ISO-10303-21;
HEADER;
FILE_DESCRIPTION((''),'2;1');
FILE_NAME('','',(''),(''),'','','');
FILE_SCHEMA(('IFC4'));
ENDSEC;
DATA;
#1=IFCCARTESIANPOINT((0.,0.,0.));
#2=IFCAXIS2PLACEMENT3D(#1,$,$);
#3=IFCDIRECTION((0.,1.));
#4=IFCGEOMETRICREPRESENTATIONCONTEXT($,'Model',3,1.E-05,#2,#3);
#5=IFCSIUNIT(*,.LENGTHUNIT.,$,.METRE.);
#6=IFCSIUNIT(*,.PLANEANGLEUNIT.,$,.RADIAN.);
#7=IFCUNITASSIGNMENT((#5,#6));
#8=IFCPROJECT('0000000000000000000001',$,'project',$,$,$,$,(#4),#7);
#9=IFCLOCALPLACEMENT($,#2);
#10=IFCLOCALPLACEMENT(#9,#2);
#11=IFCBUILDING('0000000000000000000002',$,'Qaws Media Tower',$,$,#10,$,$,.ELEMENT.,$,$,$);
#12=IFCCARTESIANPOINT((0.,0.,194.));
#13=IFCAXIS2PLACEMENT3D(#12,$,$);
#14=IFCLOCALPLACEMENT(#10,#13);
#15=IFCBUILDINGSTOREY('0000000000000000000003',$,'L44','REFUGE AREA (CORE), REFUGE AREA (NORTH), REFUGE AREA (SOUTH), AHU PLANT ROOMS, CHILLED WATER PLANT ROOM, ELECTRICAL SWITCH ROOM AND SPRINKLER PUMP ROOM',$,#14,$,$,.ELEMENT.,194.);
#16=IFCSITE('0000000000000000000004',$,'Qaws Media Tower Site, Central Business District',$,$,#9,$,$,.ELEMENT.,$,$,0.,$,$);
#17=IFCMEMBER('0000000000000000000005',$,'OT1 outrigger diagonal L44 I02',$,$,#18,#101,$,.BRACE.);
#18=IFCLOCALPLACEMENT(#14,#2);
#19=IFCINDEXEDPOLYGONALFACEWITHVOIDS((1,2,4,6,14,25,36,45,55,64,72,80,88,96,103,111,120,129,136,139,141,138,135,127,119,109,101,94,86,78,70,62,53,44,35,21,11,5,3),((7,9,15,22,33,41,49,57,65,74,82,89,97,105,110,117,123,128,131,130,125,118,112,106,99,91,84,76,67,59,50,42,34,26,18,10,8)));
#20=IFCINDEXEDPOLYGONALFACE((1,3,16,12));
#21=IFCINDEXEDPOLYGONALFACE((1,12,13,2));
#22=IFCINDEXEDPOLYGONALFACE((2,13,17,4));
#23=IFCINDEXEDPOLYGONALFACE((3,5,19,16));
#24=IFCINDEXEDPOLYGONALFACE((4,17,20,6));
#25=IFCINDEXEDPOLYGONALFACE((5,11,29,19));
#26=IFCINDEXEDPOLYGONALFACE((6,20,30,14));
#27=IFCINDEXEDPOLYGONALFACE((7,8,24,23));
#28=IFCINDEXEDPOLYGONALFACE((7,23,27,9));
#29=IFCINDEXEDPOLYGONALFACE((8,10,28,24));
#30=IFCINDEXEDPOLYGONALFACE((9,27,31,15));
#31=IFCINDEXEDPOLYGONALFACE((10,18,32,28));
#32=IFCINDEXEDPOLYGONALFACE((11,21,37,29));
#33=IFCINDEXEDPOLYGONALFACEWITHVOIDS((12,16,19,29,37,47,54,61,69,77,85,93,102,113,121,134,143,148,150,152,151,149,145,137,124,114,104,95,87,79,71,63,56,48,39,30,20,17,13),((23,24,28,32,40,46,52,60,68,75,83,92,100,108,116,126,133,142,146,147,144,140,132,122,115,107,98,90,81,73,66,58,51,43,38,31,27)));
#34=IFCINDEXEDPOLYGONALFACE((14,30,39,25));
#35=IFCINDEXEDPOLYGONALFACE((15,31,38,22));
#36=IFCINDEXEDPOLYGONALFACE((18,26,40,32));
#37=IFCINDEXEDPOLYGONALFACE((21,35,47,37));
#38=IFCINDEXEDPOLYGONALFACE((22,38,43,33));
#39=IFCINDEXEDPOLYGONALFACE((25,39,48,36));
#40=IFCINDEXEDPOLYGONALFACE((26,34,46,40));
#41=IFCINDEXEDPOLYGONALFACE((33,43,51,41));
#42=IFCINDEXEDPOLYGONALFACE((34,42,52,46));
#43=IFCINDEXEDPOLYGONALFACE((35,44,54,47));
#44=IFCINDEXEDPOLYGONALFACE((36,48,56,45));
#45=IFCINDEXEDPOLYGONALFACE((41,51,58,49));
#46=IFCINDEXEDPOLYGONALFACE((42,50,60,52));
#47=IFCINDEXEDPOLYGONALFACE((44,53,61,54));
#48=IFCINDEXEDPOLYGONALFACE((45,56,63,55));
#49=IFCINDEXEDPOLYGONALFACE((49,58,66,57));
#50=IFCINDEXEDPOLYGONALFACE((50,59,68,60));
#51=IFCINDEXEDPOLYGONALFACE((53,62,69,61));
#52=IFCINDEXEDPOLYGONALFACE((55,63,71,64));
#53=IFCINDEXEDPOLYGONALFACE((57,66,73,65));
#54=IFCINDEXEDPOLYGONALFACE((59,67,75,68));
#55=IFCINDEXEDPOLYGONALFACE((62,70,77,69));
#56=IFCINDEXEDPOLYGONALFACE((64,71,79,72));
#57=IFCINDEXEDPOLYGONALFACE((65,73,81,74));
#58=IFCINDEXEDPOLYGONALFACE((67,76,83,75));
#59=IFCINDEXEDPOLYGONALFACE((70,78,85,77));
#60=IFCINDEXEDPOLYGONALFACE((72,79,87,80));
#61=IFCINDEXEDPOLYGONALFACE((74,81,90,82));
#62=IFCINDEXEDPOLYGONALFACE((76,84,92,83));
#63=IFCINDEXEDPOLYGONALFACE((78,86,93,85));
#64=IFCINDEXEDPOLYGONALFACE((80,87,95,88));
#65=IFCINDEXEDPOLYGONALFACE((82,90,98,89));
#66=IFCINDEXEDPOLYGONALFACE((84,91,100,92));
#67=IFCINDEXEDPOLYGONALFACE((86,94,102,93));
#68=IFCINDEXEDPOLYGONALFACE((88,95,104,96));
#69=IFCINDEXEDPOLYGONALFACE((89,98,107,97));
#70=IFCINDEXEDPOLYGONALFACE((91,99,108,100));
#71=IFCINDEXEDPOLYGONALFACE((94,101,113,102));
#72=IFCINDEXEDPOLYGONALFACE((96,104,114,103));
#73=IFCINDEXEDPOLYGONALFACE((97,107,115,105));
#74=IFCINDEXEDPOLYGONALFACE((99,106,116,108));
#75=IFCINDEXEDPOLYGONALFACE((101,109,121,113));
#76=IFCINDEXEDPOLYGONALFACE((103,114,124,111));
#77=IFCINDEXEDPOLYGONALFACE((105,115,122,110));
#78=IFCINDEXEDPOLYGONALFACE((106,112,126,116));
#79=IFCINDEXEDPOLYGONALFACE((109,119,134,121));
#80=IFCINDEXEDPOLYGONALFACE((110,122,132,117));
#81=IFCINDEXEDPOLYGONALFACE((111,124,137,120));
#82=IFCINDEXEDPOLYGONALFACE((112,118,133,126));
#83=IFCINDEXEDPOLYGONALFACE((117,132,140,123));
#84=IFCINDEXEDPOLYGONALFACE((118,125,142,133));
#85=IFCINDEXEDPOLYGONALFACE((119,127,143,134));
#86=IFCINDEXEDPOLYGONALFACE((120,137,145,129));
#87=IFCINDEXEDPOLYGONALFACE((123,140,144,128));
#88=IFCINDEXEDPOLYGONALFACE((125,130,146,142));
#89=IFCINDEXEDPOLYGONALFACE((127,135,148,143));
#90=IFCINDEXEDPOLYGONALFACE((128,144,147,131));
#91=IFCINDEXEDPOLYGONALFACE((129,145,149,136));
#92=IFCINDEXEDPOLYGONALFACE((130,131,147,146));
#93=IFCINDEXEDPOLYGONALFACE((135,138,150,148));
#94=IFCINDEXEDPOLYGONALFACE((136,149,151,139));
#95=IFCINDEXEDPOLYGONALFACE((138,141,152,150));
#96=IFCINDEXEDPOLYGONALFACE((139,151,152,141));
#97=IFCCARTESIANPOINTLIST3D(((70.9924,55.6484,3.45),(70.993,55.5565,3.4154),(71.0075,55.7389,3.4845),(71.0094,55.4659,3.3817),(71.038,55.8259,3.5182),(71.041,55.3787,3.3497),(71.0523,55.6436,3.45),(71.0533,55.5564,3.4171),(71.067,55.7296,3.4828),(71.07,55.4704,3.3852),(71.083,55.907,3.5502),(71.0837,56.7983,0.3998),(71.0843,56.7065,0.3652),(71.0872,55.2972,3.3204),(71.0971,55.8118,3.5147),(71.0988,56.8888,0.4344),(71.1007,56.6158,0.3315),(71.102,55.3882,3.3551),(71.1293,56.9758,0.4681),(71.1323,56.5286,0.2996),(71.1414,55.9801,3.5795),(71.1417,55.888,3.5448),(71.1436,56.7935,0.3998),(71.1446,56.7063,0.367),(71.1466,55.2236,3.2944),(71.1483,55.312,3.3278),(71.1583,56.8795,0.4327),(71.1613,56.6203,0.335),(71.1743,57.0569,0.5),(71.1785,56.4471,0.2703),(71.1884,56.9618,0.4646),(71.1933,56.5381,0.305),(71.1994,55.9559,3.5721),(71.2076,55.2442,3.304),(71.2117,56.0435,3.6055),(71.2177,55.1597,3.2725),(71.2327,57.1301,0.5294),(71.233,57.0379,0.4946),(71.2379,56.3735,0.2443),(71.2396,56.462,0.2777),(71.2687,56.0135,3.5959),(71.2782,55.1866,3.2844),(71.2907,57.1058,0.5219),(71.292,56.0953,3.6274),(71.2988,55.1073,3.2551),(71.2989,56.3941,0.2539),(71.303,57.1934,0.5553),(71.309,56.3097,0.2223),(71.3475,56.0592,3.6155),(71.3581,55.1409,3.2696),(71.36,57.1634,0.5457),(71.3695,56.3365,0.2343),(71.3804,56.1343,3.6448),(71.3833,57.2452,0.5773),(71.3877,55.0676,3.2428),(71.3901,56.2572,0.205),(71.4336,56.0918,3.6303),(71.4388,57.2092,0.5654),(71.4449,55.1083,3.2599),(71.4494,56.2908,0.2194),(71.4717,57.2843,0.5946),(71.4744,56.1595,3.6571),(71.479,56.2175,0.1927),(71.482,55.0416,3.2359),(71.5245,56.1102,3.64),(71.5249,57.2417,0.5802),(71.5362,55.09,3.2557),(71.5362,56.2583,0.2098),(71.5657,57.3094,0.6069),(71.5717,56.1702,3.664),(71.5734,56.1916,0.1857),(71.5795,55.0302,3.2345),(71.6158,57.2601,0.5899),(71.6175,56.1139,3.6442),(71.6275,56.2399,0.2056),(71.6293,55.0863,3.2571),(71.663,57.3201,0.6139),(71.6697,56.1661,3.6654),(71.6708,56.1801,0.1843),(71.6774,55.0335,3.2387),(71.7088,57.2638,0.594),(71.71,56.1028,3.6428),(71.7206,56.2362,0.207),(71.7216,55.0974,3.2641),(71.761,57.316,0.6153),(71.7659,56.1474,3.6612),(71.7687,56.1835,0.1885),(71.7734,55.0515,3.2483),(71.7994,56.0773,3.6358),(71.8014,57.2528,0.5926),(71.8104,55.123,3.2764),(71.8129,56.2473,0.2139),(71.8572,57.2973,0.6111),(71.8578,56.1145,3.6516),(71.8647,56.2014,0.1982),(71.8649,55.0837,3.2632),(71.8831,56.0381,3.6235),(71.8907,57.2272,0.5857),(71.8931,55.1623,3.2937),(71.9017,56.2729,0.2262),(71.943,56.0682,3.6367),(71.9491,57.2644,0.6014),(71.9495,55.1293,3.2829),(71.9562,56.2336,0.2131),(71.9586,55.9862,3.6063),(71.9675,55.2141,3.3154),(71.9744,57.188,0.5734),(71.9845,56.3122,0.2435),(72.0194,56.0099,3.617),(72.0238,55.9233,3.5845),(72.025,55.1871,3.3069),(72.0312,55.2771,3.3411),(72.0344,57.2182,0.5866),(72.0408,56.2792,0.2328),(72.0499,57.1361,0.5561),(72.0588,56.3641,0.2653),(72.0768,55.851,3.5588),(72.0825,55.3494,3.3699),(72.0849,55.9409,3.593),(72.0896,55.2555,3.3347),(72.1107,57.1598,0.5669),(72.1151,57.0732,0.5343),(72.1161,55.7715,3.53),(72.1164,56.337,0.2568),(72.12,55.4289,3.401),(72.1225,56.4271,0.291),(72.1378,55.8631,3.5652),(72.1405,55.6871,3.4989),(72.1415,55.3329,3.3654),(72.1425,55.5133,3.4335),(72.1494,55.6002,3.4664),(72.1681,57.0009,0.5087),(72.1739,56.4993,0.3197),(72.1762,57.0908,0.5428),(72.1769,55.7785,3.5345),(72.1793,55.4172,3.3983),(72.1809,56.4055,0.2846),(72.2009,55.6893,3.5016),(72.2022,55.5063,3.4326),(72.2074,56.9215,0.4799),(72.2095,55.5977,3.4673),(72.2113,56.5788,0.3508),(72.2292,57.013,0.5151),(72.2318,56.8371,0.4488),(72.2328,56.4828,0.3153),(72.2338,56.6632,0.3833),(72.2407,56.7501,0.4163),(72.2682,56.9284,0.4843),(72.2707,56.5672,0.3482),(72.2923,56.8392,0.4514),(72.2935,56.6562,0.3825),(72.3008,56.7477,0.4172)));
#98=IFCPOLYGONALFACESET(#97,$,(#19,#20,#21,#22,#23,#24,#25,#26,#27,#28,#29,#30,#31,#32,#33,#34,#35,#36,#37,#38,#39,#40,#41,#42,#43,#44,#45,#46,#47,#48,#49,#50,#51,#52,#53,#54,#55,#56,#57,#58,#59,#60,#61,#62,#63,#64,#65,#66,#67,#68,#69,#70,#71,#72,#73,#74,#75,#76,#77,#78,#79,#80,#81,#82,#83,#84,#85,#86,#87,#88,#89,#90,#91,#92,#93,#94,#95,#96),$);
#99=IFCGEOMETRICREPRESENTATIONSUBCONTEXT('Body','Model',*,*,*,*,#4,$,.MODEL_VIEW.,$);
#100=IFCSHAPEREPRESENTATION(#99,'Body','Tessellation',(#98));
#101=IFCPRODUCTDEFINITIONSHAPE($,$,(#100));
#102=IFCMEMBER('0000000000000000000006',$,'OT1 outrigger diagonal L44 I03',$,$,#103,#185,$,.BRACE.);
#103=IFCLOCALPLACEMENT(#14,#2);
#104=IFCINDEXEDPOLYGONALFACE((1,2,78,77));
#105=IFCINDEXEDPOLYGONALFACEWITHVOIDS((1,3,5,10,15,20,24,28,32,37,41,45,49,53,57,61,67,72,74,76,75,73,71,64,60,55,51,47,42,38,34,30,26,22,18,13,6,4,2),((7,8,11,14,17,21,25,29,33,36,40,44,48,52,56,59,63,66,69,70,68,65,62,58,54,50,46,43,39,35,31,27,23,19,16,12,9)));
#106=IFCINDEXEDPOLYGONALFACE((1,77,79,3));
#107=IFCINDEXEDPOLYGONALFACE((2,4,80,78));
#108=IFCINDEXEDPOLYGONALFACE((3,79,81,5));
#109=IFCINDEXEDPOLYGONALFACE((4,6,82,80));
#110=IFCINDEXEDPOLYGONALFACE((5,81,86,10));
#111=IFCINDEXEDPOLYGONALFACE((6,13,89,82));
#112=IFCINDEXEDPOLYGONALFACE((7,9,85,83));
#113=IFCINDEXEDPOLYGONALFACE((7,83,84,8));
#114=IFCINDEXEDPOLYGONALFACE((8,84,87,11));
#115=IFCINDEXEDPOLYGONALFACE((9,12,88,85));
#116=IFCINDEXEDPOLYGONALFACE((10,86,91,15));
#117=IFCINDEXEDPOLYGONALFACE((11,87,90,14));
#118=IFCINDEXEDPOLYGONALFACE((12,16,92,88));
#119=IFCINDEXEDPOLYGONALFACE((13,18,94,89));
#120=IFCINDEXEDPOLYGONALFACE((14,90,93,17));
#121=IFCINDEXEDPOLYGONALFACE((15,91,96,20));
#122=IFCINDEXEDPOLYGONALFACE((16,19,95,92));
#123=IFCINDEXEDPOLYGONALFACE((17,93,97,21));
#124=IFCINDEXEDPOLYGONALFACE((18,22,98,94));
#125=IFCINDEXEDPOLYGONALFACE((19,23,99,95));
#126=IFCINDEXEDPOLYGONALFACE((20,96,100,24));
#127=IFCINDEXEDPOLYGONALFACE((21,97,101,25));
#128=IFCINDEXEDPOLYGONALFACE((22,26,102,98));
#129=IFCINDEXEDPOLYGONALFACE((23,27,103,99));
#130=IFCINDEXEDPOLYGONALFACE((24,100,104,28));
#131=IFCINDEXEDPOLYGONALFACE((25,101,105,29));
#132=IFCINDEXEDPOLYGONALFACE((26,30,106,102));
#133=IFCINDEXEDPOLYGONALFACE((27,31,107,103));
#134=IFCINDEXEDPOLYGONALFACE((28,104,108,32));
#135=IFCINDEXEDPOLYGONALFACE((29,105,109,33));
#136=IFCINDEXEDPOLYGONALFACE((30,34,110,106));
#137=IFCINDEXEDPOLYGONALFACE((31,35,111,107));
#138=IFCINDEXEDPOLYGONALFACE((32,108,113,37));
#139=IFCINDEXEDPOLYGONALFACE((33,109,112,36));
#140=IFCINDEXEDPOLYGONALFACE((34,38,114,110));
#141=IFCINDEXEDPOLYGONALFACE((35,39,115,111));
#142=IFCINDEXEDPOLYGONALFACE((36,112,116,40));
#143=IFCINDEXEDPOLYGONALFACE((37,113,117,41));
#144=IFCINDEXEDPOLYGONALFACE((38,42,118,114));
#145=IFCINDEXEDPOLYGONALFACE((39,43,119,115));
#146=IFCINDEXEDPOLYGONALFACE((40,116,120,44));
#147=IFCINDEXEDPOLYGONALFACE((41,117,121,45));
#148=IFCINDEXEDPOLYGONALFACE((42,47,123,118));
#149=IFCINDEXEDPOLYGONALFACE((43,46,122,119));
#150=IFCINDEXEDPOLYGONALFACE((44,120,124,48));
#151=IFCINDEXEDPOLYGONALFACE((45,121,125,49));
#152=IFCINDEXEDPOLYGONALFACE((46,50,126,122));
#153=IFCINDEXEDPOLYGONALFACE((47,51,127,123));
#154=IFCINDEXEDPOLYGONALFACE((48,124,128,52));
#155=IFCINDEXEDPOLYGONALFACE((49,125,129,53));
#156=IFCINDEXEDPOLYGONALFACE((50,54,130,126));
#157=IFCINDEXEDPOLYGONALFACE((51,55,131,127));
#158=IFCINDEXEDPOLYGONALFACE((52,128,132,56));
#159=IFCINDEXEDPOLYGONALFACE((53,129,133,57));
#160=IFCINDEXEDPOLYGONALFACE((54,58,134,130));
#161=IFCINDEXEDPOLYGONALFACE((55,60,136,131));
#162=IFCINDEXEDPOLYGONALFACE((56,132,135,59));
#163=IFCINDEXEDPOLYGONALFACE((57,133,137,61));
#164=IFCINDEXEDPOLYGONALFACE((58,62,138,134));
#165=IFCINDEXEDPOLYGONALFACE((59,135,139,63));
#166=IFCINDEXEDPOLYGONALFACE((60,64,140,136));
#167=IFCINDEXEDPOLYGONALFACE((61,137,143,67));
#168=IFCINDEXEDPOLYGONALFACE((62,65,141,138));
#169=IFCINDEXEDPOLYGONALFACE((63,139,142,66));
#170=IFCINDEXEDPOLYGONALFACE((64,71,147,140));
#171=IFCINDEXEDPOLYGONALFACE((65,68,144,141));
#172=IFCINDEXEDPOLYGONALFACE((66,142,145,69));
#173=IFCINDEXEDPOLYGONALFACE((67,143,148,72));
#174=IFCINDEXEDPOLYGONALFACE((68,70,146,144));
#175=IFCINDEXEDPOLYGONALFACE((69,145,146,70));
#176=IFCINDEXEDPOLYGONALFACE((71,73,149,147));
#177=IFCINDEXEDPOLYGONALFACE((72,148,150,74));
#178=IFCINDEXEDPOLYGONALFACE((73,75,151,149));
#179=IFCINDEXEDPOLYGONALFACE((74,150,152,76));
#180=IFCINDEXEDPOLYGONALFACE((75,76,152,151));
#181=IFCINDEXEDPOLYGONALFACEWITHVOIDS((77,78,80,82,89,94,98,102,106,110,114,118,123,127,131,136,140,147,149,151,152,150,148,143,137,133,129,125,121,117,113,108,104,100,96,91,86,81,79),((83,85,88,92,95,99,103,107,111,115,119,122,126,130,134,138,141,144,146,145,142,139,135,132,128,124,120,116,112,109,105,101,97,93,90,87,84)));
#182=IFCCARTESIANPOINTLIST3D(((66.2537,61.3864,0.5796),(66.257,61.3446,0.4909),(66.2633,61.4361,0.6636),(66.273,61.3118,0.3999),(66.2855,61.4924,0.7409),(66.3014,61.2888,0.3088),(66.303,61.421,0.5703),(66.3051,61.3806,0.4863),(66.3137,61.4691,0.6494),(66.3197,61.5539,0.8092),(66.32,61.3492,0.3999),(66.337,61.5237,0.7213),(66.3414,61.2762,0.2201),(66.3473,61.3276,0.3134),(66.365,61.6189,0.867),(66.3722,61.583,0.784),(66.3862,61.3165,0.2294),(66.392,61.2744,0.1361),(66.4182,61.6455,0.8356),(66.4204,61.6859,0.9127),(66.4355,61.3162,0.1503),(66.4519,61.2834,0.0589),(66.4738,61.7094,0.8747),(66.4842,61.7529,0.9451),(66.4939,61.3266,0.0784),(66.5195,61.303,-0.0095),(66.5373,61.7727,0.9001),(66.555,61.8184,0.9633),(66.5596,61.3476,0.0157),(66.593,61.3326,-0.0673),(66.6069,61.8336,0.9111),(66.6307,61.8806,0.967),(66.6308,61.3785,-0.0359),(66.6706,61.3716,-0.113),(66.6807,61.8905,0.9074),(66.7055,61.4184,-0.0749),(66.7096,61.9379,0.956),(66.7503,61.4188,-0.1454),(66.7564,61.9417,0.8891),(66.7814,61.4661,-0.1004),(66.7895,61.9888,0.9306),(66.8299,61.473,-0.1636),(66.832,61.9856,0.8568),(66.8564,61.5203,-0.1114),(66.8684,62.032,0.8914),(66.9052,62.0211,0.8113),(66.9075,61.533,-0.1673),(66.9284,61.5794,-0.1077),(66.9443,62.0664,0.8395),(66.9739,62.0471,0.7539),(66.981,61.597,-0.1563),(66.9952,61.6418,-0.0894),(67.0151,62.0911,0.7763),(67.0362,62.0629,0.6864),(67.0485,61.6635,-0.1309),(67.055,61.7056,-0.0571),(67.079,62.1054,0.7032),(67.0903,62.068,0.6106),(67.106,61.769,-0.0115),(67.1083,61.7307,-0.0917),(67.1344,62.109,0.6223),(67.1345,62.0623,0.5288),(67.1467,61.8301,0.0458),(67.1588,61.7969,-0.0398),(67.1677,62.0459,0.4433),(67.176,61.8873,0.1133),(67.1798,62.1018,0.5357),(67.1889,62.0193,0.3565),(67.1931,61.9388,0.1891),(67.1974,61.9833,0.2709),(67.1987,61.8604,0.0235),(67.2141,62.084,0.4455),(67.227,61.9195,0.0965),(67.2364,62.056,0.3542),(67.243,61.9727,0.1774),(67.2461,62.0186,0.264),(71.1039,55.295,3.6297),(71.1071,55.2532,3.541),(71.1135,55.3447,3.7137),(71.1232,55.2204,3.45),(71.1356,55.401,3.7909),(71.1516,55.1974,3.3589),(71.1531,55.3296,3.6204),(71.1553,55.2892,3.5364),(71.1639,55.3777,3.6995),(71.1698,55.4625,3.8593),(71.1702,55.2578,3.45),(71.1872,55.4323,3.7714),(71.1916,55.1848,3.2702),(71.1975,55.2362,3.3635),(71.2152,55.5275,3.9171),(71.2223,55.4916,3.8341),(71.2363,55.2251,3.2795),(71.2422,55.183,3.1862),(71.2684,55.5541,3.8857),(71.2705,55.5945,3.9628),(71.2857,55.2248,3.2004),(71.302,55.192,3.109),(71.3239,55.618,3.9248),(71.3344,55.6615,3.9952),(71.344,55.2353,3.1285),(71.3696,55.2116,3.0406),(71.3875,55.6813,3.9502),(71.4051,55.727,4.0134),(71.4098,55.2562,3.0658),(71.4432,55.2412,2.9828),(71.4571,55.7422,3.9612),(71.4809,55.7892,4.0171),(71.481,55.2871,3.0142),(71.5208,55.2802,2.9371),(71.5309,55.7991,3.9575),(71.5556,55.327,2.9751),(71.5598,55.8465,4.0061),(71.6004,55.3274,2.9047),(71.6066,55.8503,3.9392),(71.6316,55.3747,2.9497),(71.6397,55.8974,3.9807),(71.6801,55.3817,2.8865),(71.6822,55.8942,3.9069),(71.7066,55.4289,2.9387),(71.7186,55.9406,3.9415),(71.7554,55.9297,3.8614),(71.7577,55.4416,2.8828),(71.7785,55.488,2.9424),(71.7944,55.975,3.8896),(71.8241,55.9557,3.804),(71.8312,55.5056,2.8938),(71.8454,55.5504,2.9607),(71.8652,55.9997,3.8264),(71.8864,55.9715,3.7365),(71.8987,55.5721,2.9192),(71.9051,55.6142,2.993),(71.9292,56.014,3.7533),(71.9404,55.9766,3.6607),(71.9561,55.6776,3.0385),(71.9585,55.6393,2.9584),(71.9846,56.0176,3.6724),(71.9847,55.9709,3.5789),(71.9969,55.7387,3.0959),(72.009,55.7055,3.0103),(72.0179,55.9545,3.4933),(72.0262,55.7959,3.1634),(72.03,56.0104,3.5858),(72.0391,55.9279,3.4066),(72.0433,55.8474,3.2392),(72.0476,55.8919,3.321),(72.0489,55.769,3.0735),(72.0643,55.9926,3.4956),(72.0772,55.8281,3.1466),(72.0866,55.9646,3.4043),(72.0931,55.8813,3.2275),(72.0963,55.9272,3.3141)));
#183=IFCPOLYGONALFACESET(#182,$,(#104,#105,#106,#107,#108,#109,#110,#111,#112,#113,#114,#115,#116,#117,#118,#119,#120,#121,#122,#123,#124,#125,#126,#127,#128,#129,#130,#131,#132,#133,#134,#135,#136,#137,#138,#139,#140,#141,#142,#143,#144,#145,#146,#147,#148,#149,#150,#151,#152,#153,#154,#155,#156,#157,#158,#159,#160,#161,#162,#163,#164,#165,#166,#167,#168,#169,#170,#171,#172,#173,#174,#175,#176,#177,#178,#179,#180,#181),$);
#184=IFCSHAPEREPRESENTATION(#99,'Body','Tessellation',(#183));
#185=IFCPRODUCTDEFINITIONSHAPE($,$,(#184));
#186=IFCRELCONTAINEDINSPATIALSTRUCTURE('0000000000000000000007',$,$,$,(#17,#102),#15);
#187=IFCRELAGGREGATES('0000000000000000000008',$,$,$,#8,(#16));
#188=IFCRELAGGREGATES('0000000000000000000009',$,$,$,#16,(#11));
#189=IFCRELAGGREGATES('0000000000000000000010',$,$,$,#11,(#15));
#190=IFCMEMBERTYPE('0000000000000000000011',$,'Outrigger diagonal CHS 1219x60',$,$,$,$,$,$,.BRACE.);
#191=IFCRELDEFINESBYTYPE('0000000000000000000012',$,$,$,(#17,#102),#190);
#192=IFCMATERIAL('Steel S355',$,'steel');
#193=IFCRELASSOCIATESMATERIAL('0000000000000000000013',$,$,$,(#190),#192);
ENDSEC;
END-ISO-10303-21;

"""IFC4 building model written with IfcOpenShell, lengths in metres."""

from ifc_helpers import new_model, si_unit, direction, frame, origin, origin_2d, place, context, subcontext, project, spatial, hollow_circle, extrude, material, material_profile, profile_set, type_object, element, save


model = new_model("IFC4")

# Units and contexts
model_context = context("Model", 3, precision=1e-05, world=origin(), true_north=direction((0.0, 1.0)))
body_context = subcontext(model_context, "Body", "Model", "MODEL_VIEW")
ifc_project = project(units=[si_unit("LENGTHUNIT", "METRE"), si_unit("PLANEANGLEUNIT", "RADIAN")], contexts=[model_context])

# Site, building, storey
site_placement = place(None, origin())
site = spatial("IfcSite", under=ifc_project, at=site_placement, Name="Qaws Media Tower Site, Central Business District", CompositionType="ELEMENT", RefElevation=0.0)
building_placement = place(site_placement, origin())
building = spatial("IfcBuilding", under=site, at=building_placement, Name="Qaws Media Tower", CompositionType="ELEMENT")
storey_placement = place(building_placement, frame((0.0, 0.0, 194.0)))
storey = spatial("IfcBuildingStorey", under=building, at=storey_placement, Name="L44", Description="REFUGE AREA (CORE), REFUGE AREA (NORTH), REFUGE AREA (SOUTH), AHU PLANT ROOMS, CHILLED WATER PLANT ROOM, ELECTRICAL SWITCH ROOM AND SPRINKLER PUMP ROOM", CompositionType="ELEMENT", Elevation=194.0)

# Members
ifc_material_1 = material(Name="Steel S355", Category="steel")
ifc_material_profile_1 = material_profile(ifc_material_1, hollow_circle(Radius=0.6096, WallThickness=0.0601, at=origin_2d()), Name="CHS 1219x60")
ifc_profile_set_1 = profile_set([ifc_material_profile_1], Name="Steel S355")
member_type_1 = type_object("IfcMemberType", Name="Outrigger diagonal CHS 1219x60", PredefinedType="BRACE", material=ifc_profile_set_1)
member_1_placement = place(storey_placement, frame((71.6001, 55.6001, 3.45), z_axis=(0.028001, 0.352634, -0.935342), x_axis=(-0.996862, 0.079156, 0.0)))
element("IfcMember", 1, at=member_1_placement, inside=storey, type_object=member_type_1, Name="OT1 outrigger diagonal L44 I02", PredefinedType="BRACE", context=body_context, shape_type="SweptSolid", body=[
    extrude(hollow_circle(Radius=0.6096, WallThickness=0.0601, at=origin_2d()), origin(), (0.0, 0.0, 1.0), 3.261),
])
member_2_placement = place(storey_placement, frame((71.6001, 55.6001, 3.45), z_axis=(-0.579986, 0.728413, -0.364732), x_axis=(-0.782304, -0.622896, 0.0)))
element("IfcMember", 2, at=member_2_placement, inside=storey, type_object=member_type_1, Name="OT1 outrigger diagonal L44 I03", PredefinedType="BRACE", context=body_context, shape_type="SweptSolid", body=[
    extrude(hollow_circle(Radius=0.6096, WallThickness=0.0601, at=origin_2d()), origin(), (0.0, 0.0, 1.0), 8.3625),
])

save(model, "model.ifc")
